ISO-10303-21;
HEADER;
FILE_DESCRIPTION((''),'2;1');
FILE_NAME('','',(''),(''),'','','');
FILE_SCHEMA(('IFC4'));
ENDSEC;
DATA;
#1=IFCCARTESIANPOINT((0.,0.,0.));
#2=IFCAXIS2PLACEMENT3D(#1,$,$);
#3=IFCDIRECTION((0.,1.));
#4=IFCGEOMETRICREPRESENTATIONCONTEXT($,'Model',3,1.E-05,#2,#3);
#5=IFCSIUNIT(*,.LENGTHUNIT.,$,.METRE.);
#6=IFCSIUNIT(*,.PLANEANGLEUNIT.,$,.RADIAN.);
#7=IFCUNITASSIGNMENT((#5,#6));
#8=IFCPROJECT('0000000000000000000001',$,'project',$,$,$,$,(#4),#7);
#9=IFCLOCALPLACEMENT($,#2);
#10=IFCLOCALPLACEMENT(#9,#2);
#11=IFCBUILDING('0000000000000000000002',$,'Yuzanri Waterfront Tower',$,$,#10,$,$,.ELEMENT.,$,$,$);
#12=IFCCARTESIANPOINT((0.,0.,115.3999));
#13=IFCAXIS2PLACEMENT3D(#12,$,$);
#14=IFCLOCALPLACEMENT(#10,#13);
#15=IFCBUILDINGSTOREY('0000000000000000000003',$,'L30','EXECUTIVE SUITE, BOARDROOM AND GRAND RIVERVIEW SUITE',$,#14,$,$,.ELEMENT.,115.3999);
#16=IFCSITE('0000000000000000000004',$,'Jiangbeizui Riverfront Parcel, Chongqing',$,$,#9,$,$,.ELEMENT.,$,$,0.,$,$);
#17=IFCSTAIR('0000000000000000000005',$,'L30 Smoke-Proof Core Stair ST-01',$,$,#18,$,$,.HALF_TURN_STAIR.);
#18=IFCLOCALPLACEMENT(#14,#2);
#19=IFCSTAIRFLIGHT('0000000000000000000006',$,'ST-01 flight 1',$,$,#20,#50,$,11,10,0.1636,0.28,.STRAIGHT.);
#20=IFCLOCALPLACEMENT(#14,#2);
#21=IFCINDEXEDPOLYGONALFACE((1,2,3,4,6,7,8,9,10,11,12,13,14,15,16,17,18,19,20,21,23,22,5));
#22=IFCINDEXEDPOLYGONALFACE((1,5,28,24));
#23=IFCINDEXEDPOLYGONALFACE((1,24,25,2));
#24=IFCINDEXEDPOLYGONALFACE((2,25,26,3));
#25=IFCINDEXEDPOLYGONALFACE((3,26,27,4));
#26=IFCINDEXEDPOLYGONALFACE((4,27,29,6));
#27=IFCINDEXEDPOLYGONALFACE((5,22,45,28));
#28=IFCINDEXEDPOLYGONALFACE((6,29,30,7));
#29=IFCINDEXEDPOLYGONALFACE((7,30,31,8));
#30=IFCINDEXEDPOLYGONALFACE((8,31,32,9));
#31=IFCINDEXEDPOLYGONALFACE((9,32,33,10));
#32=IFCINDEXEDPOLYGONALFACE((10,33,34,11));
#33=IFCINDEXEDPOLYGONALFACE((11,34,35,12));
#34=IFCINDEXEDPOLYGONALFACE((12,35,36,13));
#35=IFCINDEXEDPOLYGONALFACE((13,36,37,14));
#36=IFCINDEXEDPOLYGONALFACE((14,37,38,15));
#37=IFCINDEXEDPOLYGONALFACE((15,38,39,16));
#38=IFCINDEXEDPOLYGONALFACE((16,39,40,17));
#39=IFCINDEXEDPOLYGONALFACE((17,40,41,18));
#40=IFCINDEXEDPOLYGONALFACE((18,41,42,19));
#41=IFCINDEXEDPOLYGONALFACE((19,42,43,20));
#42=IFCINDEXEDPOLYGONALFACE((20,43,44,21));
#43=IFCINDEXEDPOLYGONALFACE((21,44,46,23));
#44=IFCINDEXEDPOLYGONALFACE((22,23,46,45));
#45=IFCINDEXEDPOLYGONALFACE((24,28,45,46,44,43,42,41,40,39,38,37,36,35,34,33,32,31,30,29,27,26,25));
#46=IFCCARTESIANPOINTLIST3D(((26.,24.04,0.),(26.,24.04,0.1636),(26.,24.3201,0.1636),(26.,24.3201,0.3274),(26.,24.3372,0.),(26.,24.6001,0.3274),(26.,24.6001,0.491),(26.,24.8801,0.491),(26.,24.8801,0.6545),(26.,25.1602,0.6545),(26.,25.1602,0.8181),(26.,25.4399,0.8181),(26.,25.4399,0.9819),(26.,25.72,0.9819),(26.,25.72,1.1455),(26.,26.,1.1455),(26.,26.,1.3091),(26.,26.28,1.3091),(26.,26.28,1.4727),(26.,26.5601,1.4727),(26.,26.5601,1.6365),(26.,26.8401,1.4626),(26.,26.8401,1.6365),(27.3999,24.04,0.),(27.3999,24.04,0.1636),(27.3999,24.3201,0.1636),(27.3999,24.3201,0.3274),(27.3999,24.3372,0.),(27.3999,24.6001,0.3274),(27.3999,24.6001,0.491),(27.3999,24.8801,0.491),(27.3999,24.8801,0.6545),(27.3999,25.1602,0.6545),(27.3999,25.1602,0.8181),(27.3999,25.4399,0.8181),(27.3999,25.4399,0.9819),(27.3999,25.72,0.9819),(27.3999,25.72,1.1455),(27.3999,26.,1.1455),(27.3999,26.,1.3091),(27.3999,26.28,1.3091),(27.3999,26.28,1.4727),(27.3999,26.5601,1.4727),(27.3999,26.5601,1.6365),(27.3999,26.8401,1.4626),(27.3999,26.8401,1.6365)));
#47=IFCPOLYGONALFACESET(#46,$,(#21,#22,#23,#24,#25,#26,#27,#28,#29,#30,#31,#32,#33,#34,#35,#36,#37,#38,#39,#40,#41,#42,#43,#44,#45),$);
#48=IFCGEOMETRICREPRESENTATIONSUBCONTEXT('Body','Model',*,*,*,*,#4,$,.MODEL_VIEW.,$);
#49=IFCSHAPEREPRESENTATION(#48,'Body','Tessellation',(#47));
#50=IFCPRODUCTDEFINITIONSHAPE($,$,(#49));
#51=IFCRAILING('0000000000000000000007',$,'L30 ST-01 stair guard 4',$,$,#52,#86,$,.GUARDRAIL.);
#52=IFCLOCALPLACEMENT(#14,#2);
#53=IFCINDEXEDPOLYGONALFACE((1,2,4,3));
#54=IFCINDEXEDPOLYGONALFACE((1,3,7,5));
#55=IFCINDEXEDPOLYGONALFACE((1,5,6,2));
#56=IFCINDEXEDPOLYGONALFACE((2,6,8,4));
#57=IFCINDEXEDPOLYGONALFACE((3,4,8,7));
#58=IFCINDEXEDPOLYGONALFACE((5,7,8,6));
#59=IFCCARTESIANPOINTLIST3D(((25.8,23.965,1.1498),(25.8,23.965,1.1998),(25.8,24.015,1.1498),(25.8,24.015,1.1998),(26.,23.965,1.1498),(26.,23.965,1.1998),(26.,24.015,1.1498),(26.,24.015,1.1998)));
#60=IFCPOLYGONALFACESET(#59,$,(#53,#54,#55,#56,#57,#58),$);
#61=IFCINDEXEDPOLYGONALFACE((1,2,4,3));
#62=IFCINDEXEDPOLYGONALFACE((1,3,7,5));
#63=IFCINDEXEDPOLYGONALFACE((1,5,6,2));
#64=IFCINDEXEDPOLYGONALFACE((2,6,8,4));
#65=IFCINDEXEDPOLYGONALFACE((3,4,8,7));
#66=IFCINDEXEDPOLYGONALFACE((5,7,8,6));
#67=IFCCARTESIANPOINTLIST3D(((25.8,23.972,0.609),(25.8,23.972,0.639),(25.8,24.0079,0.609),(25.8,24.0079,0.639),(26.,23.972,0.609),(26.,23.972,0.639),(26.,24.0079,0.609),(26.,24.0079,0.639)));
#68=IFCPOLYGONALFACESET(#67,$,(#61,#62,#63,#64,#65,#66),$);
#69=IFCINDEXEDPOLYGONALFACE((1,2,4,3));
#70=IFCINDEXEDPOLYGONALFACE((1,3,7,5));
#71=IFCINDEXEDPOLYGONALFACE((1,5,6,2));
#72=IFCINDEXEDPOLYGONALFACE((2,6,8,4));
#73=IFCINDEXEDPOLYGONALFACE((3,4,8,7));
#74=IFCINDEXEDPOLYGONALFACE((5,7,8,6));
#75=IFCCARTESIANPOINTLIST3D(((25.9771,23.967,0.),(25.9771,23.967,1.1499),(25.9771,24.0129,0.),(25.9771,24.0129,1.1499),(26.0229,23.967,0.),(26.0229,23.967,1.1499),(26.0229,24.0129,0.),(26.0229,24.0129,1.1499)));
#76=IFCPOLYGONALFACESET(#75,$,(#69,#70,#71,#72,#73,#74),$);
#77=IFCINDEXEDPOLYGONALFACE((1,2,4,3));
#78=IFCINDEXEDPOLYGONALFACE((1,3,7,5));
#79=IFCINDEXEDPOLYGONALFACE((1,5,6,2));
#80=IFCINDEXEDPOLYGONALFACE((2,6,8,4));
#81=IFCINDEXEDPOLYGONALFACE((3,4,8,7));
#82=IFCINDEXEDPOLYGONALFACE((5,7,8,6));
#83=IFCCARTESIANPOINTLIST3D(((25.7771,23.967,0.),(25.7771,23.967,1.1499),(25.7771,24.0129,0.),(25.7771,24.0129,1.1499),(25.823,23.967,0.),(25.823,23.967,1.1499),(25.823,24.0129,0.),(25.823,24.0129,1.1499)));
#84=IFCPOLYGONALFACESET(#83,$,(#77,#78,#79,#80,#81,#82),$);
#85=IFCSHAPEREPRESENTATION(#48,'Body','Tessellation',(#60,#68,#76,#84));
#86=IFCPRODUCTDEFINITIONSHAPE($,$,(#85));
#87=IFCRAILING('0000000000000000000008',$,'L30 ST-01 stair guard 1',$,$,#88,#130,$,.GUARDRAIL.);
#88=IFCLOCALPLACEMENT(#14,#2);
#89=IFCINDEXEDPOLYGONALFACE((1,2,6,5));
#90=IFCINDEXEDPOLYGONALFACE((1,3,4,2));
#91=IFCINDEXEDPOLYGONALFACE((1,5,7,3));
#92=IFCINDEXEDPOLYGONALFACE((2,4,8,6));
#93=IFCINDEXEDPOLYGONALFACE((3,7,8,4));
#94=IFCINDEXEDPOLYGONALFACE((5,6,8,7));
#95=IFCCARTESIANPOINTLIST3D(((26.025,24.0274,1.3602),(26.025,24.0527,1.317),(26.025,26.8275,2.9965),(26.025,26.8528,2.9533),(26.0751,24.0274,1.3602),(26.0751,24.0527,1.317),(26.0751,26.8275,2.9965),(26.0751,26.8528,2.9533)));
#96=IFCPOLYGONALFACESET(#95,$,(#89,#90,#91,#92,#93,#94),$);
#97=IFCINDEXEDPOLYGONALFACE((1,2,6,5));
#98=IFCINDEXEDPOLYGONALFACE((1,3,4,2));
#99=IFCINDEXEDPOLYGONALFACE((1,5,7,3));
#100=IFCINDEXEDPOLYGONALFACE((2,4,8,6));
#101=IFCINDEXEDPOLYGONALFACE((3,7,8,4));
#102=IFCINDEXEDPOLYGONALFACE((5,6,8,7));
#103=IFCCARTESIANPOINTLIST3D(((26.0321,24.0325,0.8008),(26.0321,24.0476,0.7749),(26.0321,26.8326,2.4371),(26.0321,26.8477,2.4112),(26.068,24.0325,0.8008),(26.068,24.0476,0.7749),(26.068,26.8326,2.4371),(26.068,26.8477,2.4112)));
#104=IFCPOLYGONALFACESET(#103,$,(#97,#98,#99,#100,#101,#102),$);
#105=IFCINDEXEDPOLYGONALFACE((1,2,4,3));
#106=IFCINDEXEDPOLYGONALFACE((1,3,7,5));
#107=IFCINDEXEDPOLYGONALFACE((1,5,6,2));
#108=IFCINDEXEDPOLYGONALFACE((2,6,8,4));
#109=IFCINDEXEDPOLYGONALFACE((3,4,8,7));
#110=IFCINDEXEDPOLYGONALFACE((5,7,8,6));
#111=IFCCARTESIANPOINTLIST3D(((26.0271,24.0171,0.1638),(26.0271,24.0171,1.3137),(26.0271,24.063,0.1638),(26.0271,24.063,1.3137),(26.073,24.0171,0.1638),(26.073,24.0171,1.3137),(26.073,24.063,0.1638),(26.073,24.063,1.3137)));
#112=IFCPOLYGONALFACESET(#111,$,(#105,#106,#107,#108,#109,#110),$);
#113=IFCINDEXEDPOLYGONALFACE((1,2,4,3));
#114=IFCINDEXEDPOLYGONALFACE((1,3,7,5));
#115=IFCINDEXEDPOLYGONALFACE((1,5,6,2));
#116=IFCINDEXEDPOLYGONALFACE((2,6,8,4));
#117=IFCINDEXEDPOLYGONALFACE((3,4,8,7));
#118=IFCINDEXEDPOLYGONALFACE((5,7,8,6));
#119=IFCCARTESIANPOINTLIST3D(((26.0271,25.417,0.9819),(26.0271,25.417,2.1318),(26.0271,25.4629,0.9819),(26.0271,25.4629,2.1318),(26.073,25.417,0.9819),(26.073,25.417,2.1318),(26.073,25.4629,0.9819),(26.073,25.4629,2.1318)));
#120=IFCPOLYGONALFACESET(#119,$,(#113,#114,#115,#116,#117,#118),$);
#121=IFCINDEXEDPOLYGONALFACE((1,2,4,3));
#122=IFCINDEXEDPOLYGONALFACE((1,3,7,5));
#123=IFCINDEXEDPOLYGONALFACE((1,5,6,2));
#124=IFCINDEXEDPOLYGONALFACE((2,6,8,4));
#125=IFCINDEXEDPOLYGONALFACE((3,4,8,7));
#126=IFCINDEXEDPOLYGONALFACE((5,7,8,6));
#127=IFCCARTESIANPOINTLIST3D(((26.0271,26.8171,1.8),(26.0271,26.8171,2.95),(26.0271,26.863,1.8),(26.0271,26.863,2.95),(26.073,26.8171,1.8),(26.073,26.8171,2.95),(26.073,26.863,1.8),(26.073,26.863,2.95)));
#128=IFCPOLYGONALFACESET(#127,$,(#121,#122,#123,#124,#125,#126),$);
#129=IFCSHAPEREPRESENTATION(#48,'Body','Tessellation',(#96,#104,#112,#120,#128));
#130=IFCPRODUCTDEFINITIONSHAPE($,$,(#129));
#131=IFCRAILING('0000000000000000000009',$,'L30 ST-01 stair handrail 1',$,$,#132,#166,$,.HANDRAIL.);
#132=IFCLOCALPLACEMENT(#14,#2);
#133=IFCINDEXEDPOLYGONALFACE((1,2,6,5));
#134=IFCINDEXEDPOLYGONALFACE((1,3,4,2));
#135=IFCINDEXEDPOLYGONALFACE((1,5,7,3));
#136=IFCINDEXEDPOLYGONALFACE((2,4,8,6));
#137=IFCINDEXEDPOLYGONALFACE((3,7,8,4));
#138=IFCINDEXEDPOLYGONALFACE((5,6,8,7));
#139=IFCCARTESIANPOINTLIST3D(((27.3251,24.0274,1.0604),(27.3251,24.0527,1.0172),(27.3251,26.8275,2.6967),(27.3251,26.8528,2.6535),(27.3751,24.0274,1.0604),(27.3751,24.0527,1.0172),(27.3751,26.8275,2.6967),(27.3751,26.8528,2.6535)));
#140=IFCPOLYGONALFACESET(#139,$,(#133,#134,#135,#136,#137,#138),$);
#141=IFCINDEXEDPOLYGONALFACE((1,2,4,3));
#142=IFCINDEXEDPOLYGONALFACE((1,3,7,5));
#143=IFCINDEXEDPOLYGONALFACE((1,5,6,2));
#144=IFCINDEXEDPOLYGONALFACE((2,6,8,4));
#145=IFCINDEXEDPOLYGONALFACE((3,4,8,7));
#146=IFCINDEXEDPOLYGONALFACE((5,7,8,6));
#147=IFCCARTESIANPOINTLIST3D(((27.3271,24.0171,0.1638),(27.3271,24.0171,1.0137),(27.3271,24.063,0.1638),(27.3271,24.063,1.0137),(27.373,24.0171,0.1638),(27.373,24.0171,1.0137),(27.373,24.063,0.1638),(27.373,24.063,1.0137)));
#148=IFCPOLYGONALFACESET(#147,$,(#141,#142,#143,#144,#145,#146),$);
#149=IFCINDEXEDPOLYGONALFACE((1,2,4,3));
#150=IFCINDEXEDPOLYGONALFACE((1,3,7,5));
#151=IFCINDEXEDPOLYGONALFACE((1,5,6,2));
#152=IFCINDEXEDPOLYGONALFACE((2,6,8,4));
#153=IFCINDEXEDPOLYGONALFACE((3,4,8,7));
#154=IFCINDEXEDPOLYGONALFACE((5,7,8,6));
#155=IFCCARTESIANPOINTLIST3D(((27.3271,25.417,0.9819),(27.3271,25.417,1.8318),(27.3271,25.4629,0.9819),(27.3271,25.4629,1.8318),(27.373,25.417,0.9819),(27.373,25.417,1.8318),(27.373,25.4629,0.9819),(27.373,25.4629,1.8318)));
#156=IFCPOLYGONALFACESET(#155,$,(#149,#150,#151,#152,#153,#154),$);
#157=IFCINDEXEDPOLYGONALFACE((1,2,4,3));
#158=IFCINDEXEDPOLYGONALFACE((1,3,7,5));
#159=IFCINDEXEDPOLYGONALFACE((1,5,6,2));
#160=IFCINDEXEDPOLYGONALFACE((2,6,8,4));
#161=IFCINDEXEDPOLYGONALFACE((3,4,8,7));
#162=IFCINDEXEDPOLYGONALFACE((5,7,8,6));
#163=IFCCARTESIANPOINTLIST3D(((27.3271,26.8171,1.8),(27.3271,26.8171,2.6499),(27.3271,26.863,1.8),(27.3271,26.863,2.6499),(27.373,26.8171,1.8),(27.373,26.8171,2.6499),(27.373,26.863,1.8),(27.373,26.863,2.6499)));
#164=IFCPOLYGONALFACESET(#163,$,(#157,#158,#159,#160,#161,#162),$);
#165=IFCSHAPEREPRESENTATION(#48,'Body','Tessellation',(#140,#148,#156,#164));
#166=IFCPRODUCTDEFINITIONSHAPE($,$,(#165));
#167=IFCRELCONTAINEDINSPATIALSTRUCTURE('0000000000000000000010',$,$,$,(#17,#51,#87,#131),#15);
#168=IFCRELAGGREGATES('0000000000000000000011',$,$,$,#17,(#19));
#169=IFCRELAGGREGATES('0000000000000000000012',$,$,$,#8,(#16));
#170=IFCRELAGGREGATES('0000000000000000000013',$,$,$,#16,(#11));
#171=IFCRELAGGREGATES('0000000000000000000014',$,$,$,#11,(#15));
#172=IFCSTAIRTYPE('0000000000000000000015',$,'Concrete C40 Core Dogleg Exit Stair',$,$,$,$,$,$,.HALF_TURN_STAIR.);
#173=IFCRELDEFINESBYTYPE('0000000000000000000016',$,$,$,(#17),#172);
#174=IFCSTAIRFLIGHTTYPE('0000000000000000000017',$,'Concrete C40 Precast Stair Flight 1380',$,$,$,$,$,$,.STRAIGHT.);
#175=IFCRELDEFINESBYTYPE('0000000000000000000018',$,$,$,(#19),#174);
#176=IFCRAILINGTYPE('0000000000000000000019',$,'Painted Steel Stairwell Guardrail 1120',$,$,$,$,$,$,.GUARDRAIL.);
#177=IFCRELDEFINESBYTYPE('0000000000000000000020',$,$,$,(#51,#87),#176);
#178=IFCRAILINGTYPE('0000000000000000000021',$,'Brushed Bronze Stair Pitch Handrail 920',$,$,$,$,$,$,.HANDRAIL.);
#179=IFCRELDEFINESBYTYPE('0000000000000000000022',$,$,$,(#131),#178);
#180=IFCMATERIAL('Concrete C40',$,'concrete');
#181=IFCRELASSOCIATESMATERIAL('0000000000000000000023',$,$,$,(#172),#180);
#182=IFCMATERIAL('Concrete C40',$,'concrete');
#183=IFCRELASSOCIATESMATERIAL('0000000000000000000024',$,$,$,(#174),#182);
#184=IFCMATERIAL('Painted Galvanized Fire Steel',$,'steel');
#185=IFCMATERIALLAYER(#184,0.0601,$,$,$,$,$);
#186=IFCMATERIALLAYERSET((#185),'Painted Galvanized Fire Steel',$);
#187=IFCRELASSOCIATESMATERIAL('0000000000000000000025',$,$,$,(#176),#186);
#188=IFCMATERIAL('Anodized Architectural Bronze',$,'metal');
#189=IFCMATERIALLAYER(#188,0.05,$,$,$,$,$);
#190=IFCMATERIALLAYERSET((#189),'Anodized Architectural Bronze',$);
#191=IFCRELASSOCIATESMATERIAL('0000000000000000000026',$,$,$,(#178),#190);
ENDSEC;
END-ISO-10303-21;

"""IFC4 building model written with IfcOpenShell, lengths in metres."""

from ifc_helpers import new_model, si_unit, direction, frame, origin, origin_2d, place, context, subcontext, project, spatial, polyline, rectangle, outline, extrude, source, transform, mapped, material, layer, layer_set, type_object, element, aggregate, save


model = new_model("IFC4")

# Units and contexts
model_context = context("Model", 3, precision=1e-05, world=origin(), true_north=direction((0.0, 1.0)))
body_context = subcontext(model_context, "Body", "Model", "MODEL_VIEW")
ifc_project = project(units=[si_unit("LENGTHUNIT", "METRE"), si_unit("PLANEANGLEUNIT", "RADIAN")], contexts=[model_context])

# Site, building, storey
site_placement = place(None, origin())
site = spatial("IfcSite", under=ifc_project, at=site_placement, Name="Jiangbeizui Riverfront Parcel, Chongqing", CompositionType="ELEMENT", RefElevation=0.0)
building_placement = place(site_placement, origin())
building = spatial("IfcBuilding", under=site, at=building_placement, Name="Yuzanri Waterfront Tower", CompositionType="ELEMENT")
storey_placement = place(building_placement, frame((0.0, 0.0, 115.3999)))
storey = spatial("IfcBuildingStorey", under=building, at=storey_placement, Name="L30", Description="EXECUTIVE SUITE, BOARDROOM AND GRAND RIVERVIEW SUITE", CompositionType="ELEMENT", Elevation=115.3999)

# Stair, stair flight
ifc_material_1 = material(Name="Concrete C40", Category="concrete")
stair_type = type_object("IfcStairType", Name="Concrete C40 Core Dogleg Exit Stair", PredefinedType="HALF_TURN_STAIR", material=ifc_material_1)
stair_placement = place(storey_placement, origin())
stair = element("IfcStair", 1, at=stair_placement, inside=storey, type_object=stair_type, Name="L30 Smoke-Proof Core Stair ST-01", PredefinedType="HALF_TURN_STAIR")
ifc_material_2 = material(Name="Concrete C40", Category="concrete")
stair_flight_type = type_object("IfcStairFlightType", Name="Concrete C40 Precast Stair Flight 1380", PredefinedType="STRAIGHT", material=ifc_material_2)
shared_shape_1 = source(origin(), body_context, "Body", "SweptSolid", [
    extrude(outline(polyline([(0.0, 0.0), (0.0, 0.1636), (0.28, 0.1636), (0.28, 0.3274), (0.5601, 0.3274), (0.5601, 0.491), (0.8401, 0.491), (0.8401, 0.6545), (1.1201, 0.6545), (1.1201, 0.8181), (1.3999, 0.8181), (1.3999, 0.9819), (1.6799, 0.9819), (1.6799, 1.1455), (1.96, 1.1455), (1.96, 1.3091), (2.24, 1.3091), (2.24, 1.4727), (2.52, 1.4727), (2.52, 1.6365), (2.8, 1.6365), (2.8, 1.8), (2.8, 1.4626), (0.2971, 0.0), (0.0, 0.0)])), frame((0.0, 0.7, 0.0), z_axis=(0.0, -1.0, 0.0), x_axis=(1.0, 0.0, 0.0)), (0.0, 0.0, 1.0), 1.3999),
])
stair_flight_placement = place(storey_placement, frame((26.7, 24.04, 0.0), z_axis=(0.0, 0.0, 1.0), x_axis=(0.0, 1.0, 0.0)))
stair_flight = element("IfcStairFlight", 2, at=stair_flight_placement, type_object=stair_flight_type, Name="ST-01 flight 1", NumberOfRisers=11, NumberOfTreads=10, PredefinedType="STRAIGHT", RiserHeight=0.1636, TreadLength=0.28, context=body_context, shape_type="MappedRepresentation", body=[
    mapped(shared_shape_1, transform((0.0, 0.0, 0.0), scale=1.0)),
])
aggregate(stair, [stair_flight])

# Railings
ifc_material_3 = material(Name="Painted Galvanized Fire Steel", Category="steel")
ifc_layer_1 = layer(ifc_material_3, 0.0601)
ifc_layer_set_1 = layer_set([ifc_layer_1], Name="Painted Galvanized Fire Steel")
railing_type_1 = type_object("IfcRailingType", Name="Painted Steel Stairwell Guardrail 1120", PredefinedType="GUARDRAIL", material=ifc_layer_set_1)
shared_shape_2 = source(origin(), body_context, "Body", "SweptSolid", [
    extrude(rectangle(XDim=0.05, YDim=0.05, at=origin_2d()), frame((0.0, 0.0, 1.1748), z_axis=(-1.0, 0.0, 0.0), x_axis=(0.0, -1.0, 0.0)), (0.0, 0.0, 1.0), 0.2),
    extrude(rectangle(XDim=0.0359, YDim=0.03, at=origin_2d()), frame((0.0, 0.0, 0.624), z_axis=(-1.0, 0.0, 0.0), x_axis=(0.0, -1.0, 0.0)), (0.0, 0.0, 1.0), 0.2),
    extrude(rectangle(XDim=0.0459, YDim=0.0459, at=origin_2d()), origin(), (0.0, 0.0, 1.0), 1.1499),
    extrude(rectangle(XDim=0.0459, YDim=0.0459, at=origin_2d()), frame((-0.2, 0.0, 0.0)), (0.0, 0.0, 1.0), 1.1499),
])
railing_1_placement = place(storey_placement, frame((26.0, 23.99, 0.0)))
element("IfcRailing", 3, at=railing_1_placement, inside=storey, type_object=railing_type_1, Name="L30 ST-01 stair guard 4", PredefinedType="GUARDRAIL", context=body_context, shape_type="MappedRepresentation", body=[
    mapped(shared_shape_2, transform((0.0, 0.0, 0.0), scale=1.0)),
])
shared_shape_3 = source(origin(), body_context, "Body", "SweptSolid", [
    extrude(rectangle(XDim=0.05, YDim=0.05, at=origin_2d()), frame((0.0, 0.0, 1.1748), z_axis=(0.0, 0.863394, 0.504531), x_axis=(-1.0, 0.0, 0.0)), (0.0, 0.0, 1.0), 3.2432),
    extrude(rectangle(XDim=0.0359, YDim=0.03, at=origin_2d()), frame((0.0, 0.0, 0.624), z_axis=(0.0, 0.863394, 0.504531), x_axis=(-1.0, 0.0, 0.0)), (0.0, 0.0, 1.0), 3.2432),
    extrude(rectangle(XDim=0.0459, YDim=0.0459, at=origin_2d()), origin(), (0.0, 0.0, 1.0), 1.1499),
    extrude(rectangle(XDim=0.0459, YDim=0.0459, at=origin_2d()), frame((0.0, 1.3999, 0.8181)), (0.0, 0.0, 1.0), 1.1499),
    extrude(rectangle(XDim=0.0459, YDim=0.0459, at=origin_2d()), frame((0.0, 2.8, 1.6362)), (0.0, 0.0, 1.0), 1.1499),
])
railing_2_placement = place(storey_placement, frame((26.05, 24.04, 0.1638)))
element("IfcRailing", 4, at=railing_2_placement, inside=storey, type_object=railing_type_1, Name="L30 ST-01 stair guard 1", PredefinedType="GUARDRAIL", context=body_context, shape_type="MappedRepresentation", body=[
    mapped(shared_shape_3, transform((0.0, 0.0, 0.0), scale=1.0)),
])
ifc_material_4 = material(Name="Anodized Architectural Bronze", Category="metal")
ifc_layer_2 = layer(ifc_material_4, 0.05)
ifc_layer_set_2 = layer_set([ifc_layer_2], Name="Anodized Architectural Bronze")
railing_type_2 = type_object("IfcRailingType", Name="Brushed Bronze Stair Pitch Handrail 920", PredefinedType="HANDRAIL", material=ifc_layer_set_2)
shared_shape_4 = source(origin(), body_context, "Body", "SweptSolid", [
    extrude(rectangle(XDim=0.05, YDim=0.05, at=origin_2d()), frame((0.0, 0.0, 0.875), z_axis=(0.0, 0.863394, 0.504531), x_axis=(-1.0, 0.0, 0.0)), (0.0, 0.0, 1.0), 3.2432),
    extrude(rectangle(XDim=0.0459, YDim=0.0459, at=origin_2d()), origin(), (0.0, 0.0, 1.0), 0.8499),
    extrude(rectangle(XDim=0.0459, YDim=0.0459, at=origin_2d()), frame((0.0, 1.3999, 0.8181)), (0.0, 0.0, 1.0), 0.8499),
    extrude(rectangle(XDim=0.0459, YDim=0.0459, at=origin_2d()), frame((0.0, 2.8, 1.6362)), (0.0, 0.0, 1.0), 0.8499),
])
railing_3_placement = place(storey_placement, frame((27.3501, 24.04, 0.1638)))
element("IfcRailing", 5, at=railing_3_placement, inside=storey, type_object=railing_type_2, Name="L30 ST-01 stair handrail 1", PredefinedType="HANDRAIL", context=body_context, shape_type="MappedRepresentation", body=[
    mapped(shared_shape_4, transform((0.0, 0.0, 0.0), scale=1.0)),
])

save(model, "model.ifc")
